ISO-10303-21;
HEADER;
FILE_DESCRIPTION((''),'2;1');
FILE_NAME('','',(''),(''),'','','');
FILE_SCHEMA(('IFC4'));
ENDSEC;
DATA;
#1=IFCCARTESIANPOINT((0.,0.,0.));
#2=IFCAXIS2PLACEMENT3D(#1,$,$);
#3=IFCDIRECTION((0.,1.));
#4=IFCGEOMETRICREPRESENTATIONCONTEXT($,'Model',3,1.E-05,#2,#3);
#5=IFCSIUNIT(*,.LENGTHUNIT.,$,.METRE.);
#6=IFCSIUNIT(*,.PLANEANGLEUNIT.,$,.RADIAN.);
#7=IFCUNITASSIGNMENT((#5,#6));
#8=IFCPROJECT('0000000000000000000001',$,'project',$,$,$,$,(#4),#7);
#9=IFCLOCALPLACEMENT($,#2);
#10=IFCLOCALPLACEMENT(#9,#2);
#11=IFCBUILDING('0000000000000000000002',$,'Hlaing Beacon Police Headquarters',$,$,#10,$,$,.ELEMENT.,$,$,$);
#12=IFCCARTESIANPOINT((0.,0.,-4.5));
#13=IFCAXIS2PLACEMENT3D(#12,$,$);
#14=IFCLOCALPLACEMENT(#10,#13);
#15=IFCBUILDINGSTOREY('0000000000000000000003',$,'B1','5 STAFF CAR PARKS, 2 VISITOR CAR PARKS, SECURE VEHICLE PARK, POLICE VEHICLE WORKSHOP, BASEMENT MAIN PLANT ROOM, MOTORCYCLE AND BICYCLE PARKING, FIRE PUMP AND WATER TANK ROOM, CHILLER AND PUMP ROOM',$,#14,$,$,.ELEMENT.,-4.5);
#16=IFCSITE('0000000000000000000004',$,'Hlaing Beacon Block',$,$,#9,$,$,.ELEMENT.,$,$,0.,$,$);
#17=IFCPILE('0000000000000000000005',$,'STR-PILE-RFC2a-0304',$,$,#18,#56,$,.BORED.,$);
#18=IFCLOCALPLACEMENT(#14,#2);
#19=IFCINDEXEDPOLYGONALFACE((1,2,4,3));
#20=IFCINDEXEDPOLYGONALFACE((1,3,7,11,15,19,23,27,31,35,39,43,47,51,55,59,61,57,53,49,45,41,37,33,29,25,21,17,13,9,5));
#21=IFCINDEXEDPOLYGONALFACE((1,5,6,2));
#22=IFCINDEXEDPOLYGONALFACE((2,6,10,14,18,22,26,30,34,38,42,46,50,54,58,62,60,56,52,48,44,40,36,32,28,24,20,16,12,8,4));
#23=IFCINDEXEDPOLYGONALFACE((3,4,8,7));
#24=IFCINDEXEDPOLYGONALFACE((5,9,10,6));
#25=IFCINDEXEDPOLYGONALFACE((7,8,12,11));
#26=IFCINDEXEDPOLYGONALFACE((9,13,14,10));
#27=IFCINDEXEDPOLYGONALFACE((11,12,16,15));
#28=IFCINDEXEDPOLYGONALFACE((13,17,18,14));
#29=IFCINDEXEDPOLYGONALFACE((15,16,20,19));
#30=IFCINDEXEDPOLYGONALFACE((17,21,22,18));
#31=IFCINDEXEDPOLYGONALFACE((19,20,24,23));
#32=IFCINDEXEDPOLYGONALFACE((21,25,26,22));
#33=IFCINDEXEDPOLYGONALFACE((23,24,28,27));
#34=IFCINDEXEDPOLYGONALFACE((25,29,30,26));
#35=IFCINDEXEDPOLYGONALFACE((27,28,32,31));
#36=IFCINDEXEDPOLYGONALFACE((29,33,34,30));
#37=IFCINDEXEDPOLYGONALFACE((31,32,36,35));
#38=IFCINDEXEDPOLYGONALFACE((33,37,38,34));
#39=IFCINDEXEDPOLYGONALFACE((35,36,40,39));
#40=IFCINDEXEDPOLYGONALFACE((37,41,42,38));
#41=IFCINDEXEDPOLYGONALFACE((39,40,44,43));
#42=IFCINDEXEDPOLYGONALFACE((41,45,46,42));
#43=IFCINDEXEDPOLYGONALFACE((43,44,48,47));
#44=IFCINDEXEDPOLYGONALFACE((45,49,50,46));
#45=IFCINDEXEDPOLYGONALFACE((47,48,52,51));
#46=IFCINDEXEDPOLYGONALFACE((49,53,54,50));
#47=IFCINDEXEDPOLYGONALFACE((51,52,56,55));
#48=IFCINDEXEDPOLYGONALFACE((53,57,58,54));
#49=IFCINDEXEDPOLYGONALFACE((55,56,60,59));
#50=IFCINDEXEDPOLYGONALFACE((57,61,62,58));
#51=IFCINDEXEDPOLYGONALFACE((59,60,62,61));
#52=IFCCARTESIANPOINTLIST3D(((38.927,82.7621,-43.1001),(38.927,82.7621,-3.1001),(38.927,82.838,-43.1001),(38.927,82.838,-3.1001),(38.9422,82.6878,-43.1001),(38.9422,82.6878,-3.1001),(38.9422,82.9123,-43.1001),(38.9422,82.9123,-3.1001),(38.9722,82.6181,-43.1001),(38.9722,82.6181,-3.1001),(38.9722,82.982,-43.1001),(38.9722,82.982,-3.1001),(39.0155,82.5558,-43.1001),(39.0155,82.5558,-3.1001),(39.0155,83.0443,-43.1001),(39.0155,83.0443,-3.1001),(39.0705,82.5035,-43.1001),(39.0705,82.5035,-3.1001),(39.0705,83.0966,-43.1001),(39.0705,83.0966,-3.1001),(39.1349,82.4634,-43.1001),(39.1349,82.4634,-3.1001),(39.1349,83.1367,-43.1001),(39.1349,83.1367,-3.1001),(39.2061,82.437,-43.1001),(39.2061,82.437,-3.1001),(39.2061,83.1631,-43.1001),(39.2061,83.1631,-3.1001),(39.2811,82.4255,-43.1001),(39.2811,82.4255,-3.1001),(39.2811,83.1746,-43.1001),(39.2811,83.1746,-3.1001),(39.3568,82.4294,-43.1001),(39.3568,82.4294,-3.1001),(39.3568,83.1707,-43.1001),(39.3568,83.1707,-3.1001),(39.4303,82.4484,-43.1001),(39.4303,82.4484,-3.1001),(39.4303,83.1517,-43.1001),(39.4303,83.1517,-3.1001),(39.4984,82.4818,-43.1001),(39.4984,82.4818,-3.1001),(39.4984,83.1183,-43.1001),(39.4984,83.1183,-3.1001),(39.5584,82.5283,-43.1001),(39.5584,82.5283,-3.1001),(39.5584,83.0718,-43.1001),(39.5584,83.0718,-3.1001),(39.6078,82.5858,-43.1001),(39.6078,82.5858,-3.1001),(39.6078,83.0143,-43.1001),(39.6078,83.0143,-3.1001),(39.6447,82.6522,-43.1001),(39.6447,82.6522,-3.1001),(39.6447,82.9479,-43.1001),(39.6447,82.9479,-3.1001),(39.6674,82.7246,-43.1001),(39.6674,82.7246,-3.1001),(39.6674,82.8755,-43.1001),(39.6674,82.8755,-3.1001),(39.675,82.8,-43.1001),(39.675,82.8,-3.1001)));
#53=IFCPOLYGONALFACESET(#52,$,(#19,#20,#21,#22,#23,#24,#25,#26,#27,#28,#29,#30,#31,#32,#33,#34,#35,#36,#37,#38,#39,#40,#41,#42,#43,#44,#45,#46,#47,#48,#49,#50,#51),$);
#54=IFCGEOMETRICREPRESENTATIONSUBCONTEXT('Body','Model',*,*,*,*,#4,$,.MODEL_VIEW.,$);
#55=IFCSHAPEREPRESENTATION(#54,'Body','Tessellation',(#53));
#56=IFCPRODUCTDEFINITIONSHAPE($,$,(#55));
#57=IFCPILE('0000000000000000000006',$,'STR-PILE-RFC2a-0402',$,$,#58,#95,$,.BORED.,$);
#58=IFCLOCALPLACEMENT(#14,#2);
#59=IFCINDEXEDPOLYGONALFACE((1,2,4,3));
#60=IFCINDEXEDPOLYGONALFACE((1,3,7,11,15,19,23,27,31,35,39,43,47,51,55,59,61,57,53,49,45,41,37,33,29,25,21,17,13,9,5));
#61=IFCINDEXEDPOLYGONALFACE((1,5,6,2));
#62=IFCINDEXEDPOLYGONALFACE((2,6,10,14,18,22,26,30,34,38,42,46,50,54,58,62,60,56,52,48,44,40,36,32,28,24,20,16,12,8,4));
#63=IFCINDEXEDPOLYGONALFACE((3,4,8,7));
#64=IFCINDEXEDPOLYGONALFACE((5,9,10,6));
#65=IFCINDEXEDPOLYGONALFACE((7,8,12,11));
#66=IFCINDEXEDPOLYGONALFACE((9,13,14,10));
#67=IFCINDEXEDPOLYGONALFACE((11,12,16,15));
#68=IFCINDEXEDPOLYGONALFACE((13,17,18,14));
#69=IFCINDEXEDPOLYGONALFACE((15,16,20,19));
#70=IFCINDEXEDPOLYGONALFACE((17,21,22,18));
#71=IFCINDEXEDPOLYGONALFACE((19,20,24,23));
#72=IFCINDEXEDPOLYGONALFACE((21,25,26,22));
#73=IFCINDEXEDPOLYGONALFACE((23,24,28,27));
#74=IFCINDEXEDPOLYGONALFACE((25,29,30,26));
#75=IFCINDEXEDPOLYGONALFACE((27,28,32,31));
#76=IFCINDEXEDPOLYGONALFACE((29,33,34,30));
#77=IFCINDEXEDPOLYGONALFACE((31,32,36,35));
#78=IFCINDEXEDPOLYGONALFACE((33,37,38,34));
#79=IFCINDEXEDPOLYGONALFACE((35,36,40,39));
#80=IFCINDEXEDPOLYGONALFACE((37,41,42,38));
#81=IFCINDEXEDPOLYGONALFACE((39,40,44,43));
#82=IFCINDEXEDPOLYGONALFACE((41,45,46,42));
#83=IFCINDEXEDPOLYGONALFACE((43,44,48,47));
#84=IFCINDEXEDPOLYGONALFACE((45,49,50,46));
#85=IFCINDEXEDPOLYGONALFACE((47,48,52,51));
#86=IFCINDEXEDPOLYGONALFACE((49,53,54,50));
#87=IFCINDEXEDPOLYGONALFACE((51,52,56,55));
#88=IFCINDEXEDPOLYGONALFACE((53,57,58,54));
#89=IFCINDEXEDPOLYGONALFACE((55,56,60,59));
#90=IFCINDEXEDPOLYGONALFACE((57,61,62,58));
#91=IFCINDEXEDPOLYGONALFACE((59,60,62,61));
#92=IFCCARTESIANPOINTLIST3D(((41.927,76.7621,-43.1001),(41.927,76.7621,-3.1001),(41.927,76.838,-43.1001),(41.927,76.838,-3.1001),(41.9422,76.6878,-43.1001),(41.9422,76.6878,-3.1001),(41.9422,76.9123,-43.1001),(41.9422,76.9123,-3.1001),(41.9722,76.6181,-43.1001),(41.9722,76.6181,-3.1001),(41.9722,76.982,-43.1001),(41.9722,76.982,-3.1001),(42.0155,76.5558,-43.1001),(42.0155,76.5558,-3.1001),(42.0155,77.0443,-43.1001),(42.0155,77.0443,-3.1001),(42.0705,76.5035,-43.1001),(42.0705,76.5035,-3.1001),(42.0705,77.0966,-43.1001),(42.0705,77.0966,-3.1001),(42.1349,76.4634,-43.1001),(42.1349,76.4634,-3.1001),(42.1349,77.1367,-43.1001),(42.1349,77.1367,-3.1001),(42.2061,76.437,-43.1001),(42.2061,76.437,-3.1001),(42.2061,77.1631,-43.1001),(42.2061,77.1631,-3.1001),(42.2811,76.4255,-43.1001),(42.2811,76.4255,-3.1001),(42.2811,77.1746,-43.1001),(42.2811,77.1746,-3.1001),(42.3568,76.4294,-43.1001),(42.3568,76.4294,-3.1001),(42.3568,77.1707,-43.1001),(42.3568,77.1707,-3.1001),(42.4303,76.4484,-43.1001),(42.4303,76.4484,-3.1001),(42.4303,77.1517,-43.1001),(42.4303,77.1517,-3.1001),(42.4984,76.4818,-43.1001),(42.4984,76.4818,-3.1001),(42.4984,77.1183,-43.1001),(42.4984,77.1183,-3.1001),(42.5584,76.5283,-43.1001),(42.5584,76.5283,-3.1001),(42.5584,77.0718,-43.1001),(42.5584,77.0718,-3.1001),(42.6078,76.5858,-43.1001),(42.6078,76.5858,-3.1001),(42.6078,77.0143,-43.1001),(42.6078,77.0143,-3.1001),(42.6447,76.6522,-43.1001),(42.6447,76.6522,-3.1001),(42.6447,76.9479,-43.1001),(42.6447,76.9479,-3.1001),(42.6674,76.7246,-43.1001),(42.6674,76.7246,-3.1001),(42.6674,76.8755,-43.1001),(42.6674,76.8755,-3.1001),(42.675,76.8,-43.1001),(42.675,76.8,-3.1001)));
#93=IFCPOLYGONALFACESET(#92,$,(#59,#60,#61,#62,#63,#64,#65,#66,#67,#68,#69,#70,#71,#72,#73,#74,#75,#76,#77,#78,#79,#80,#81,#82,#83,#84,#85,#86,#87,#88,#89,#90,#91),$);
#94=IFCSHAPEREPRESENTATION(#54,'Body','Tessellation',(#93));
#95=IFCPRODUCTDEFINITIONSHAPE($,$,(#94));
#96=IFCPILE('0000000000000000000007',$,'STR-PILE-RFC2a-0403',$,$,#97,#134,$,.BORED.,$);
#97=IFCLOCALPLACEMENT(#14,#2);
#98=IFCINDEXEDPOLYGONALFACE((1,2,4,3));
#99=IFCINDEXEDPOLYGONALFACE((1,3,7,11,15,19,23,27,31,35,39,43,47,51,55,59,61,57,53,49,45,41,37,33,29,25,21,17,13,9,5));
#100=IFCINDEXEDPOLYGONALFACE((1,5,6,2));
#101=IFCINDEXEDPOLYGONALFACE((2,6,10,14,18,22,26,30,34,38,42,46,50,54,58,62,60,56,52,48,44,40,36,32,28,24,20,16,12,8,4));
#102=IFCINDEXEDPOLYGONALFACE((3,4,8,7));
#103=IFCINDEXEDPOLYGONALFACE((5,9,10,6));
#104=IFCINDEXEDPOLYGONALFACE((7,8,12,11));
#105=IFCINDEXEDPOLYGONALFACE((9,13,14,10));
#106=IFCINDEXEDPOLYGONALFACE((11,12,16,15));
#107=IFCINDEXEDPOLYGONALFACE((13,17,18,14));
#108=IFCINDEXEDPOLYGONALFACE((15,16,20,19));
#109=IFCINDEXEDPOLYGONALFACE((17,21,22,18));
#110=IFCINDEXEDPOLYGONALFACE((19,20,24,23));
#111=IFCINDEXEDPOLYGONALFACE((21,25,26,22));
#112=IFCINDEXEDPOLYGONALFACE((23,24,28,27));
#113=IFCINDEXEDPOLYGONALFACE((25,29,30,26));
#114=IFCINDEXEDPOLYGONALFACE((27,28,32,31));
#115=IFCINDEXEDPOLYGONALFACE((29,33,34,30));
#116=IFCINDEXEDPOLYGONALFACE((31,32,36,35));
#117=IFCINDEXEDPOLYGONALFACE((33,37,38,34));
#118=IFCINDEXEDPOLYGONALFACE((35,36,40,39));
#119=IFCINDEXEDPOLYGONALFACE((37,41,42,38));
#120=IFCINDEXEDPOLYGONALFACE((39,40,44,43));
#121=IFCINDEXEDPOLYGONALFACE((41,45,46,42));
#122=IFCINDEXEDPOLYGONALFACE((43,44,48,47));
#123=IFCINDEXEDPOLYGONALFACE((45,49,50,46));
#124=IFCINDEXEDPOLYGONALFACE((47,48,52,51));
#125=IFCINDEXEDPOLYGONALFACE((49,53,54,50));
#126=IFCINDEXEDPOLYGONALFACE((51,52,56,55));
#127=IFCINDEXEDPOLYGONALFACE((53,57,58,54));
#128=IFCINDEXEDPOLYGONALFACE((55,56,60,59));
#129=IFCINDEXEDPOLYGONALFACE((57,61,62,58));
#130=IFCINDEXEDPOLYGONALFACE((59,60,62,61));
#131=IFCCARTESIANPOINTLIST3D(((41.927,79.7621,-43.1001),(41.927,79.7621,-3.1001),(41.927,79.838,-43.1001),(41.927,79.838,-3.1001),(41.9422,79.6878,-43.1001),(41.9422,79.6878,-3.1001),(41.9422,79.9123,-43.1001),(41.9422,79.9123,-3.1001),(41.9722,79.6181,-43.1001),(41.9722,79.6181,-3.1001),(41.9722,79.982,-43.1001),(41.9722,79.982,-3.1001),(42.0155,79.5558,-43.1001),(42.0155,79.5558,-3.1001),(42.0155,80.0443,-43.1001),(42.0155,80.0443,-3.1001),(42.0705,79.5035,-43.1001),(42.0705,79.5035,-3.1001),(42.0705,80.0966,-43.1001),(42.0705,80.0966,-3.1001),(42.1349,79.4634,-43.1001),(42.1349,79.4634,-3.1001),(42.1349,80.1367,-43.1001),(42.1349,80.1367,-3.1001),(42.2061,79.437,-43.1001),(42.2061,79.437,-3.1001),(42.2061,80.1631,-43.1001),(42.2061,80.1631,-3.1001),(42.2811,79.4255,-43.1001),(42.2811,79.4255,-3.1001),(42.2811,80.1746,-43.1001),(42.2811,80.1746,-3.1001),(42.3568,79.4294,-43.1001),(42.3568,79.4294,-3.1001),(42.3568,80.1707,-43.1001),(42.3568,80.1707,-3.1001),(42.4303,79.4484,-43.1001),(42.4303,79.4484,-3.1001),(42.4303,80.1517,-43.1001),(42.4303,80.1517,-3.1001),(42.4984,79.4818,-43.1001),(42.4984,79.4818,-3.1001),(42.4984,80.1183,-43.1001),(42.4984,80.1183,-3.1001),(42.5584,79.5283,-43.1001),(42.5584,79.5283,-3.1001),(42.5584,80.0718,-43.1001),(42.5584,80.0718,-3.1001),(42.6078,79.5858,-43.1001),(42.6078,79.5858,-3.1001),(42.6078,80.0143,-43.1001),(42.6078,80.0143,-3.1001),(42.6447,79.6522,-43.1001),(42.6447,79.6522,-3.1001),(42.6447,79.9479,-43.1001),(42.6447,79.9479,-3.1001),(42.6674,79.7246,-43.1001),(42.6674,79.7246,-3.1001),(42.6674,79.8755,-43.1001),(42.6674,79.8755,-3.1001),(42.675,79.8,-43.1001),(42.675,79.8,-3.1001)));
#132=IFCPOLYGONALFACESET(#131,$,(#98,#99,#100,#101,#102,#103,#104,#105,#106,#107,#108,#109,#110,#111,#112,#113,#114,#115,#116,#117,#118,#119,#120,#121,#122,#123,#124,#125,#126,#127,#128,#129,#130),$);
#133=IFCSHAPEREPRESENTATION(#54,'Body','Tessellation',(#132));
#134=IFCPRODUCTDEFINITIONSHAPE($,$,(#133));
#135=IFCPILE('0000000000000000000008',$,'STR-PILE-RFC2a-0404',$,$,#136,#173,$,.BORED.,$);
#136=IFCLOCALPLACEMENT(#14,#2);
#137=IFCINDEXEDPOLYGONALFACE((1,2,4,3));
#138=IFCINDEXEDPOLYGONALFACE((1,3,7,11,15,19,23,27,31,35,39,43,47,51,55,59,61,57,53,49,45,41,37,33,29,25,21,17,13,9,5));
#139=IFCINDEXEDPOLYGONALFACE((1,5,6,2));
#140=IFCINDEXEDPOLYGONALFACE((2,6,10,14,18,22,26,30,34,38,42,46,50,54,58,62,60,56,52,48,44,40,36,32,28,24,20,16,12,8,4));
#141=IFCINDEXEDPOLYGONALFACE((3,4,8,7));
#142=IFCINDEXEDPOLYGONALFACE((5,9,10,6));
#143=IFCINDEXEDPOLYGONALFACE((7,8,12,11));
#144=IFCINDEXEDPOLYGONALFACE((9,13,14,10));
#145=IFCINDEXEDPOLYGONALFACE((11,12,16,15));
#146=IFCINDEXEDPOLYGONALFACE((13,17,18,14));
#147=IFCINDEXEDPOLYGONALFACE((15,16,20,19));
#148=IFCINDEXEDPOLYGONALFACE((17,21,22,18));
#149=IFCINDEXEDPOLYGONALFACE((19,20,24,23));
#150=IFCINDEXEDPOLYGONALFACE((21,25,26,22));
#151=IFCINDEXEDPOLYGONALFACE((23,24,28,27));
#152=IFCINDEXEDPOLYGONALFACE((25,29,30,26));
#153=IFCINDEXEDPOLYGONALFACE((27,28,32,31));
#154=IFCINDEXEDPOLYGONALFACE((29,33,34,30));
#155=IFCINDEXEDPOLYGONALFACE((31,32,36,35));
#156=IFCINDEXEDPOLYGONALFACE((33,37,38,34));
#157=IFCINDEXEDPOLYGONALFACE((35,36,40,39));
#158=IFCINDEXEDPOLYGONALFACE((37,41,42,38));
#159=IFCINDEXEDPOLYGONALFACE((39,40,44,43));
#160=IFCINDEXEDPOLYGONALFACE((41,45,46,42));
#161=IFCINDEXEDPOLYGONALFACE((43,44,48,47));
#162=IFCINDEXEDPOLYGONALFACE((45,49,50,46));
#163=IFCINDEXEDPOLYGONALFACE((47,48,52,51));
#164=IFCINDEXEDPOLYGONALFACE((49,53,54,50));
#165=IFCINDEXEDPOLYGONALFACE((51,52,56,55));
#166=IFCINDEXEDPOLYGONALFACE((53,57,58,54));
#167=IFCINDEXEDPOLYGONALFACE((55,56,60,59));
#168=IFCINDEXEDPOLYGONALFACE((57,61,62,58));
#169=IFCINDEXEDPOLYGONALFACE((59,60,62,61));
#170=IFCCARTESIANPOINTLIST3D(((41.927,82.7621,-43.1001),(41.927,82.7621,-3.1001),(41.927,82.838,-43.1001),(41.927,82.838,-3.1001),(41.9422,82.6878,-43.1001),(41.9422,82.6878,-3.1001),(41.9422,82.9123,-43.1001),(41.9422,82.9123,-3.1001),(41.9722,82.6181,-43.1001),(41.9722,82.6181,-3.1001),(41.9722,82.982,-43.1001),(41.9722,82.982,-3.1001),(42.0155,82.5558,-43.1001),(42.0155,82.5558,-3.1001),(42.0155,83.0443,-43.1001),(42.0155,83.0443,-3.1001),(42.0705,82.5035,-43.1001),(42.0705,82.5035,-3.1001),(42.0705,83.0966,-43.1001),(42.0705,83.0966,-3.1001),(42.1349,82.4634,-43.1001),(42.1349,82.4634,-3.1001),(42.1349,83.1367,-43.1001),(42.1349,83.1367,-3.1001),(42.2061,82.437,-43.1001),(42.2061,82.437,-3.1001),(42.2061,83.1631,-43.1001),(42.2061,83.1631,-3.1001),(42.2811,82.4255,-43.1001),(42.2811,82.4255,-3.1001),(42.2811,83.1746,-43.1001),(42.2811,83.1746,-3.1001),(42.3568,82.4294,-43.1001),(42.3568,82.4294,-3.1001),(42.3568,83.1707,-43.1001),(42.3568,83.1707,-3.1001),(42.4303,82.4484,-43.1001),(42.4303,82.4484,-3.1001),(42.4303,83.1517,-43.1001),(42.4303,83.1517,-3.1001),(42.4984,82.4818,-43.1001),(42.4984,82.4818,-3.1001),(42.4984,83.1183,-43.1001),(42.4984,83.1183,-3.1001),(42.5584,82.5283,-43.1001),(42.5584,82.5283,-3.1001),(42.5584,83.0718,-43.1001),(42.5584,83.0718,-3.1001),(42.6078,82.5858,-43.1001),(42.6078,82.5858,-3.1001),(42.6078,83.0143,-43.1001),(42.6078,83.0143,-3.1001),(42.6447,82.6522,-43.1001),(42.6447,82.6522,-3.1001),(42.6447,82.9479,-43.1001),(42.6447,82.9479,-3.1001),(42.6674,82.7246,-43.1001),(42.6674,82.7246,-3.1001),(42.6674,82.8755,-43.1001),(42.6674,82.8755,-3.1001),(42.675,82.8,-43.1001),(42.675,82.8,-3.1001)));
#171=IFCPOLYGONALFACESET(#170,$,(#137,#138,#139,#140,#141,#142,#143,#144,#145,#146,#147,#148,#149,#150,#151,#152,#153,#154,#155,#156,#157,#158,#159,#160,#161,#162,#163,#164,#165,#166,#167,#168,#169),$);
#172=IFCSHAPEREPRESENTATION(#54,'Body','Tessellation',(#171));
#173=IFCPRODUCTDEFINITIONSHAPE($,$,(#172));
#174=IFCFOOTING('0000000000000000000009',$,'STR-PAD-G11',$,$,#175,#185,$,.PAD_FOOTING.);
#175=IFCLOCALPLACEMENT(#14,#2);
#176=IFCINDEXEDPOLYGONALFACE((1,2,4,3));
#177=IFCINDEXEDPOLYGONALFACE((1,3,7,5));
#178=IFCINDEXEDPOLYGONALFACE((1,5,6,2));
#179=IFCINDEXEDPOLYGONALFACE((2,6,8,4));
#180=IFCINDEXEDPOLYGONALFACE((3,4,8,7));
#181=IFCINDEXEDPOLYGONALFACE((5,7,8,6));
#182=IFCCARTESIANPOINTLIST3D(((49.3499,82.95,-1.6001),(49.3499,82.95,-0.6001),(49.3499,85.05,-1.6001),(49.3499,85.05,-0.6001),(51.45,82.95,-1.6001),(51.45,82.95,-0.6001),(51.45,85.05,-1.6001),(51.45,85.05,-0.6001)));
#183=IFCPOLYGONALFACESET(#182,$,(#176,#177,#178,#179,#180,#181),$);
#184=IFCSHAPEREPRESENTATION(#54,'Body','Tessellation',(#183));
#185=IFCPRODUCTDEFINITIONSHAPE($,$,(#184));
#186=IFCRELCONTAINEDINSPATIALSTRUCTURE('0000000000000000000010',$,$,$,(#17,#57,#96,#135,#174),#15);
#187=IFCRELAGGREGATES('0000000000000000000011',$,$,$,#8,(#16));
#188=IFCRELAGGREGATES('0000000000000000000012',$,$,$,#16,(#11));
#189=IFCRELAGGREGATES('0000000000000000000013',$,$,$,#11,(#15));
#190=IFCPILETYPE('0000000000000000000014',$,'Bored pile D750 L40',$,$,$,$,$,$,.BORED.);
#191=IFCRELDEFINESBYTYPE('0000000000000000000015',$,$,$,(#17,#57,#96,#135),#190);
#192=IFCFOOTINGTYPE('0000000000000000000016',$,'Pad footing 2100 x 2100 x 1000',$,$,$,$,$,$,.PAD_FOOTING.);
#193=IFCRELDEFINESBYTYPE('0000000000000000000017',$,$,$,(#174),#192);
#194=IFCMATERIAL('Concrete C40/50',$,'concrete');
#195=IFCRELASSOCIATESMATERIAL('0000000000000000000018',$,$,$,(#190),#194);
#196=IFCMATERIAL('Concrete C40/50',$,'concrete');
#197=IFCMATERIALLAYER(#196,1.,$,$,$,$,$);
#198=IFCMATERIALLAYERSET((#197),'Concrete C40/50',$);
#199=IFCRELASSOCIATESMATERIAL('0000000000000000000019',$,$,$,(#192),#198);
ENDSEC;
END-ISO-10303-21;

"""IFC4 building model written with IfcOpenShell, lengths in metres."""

from ifc_helpers import new_model, si_unit, direction, frame, origin, origin_2d, place, context, subcontext, project, spatial, rectangle, circle, extrude, material, layer, layer_set, material_profile, profile_set, type_object, element, save


model = new_model("IFC4")

# Units and contexts
model_context = context("Model", 3, precision=1e-05, world=origin(), true_north=direction((0.0, 1.0)))
body_context = subcontext(model_context, "Body", "Model", "MODEL_VIEW")
ifc_project = project(units=[si_unit("LENGTHUNIT", "METRE"), si_unit("PLANEANGLEUNIT", "RADIAN")], contexts=[model_context])

# Site, building, storey
site_placement = place(None, origin())
site = spatial("IfcSite", under=ifc_project, at=site_placement, Name="Hlaing Beacon Block", CompositionType="ELEMENT", RefElevation=0.0)
building_placement = place(site_placement, origin())
building = spatial("IfcBuilding", under=site, at=building_placement, Name="Hlaing Beacon Police Headquarters", CompositionType="ELEMENT")
storey_placement = place(building_placement, frame((0.0, 0.0, -4.5)))
storey = spatial("IfcBuildingStorey", under=building, at=storey_placement, Name="B1", Description="5 STAFF CAR PARKS, 2 VISITOR CAR PARKS, SECURE VEHICLE PARK, POLICE VEHICLE WORKSHOP, BASEMENT MAIN PLANT ROOM, MOTORCYCLE AND BICYCLE PARKING, FIRE PUMP AND WATER TANK ROOM, CHILLER AND PUMP ROOM", CompositionType="ELEMENT", Elevation=-4.5)

# Piles
ifc_material_1 = material(Name="Concrete C40/50", Category="concrete")
ifc_material_profile_1 = material_profile(ifc_material_1, circle(Radius=0.375, at=origin_2d()), Name="D750")
ifc_profile_set_1 = profile_set([ifc_material_profile_1], Name="Concrete C40/50")
pile_type_1 = type_object("IfcPileType", Name="Bored pile D750 L40", PredefinedType="BORED", material=ifc_profile_set_1)
for number, where, z_axis, x_axis, name in (
    (1, (39.3, 82.8, -3.1001), (0.0, 0.0, -1.0), (1.0, 0.0, 0.0), "STR-PILE-RFC2a-0304"),
    (2, (42.3, 76.8, -3.1001), (0.0, 0.0, -1.0), (1.0, 0.0, 0.0), "STR-PILE-RFC2a-0402"),
    (3, (42.3, 79.8, -3.1001), (0.0, 0.0, -1.0), (1.0, 0.0, 0.0), "STR-PILE-RFC2a-0403"),
    (4, (42.3, 82.8, -3.1001), (0.0, 0.0, -1.0), (1.0, 0.0, 0.0), "STR-PILE-RFC2a-0404"),
):
    element("IfcPile", number, at=place(storey_placement, frame(where, z_axis=z_axis, x_axis=x_axis)), inside=storey, type_object=pile_type_1, Name=name, PredefinedType="BORED", context=body_context, shape_type="SweptSolid", body=[
        extrude(circle(Radius=0.375, at=origin_2d()), origin(), (0.0, 0.0, 1.0), 40.0),
    ])

# Footing
ifc_material_2 = material(Name="Concrete C40/50", Category="concrete")
ifc_layer_1 = layer(ifc_material_2, 1.0)
ifc_layer_set_1 = layer_set([ifc_layer_1], Name="Concrete C40/50")
footing_type = type_object("IfcFootingType", Name="Pad footing 2100 x 2100 x 1000", PredefinedType="PAD_FOOTING", material=ifc_layer_set_1)
footing_placement = place(storey_placement, frame((50.3999, 84.0, -1.6001), z_axis=(0.0, 0.0, 1.0), x_axis=(1.0, 0.0, 0.0)))
element("IfcFooting", 5, at=footing_placement, inside=storey, type_object=footing_type, Name="STR-PAD-G11", PredefinedType="PAD_FOOTING", context=body_context, shape_type="SweptSolid", body=[
    extrude(rectangle(XDim=2.1001, YDim=2.1001, at=origin_2d()), origin(), (0.0, 0.0, 1.0), 1.0),
])

save(model, "model.ifc")
